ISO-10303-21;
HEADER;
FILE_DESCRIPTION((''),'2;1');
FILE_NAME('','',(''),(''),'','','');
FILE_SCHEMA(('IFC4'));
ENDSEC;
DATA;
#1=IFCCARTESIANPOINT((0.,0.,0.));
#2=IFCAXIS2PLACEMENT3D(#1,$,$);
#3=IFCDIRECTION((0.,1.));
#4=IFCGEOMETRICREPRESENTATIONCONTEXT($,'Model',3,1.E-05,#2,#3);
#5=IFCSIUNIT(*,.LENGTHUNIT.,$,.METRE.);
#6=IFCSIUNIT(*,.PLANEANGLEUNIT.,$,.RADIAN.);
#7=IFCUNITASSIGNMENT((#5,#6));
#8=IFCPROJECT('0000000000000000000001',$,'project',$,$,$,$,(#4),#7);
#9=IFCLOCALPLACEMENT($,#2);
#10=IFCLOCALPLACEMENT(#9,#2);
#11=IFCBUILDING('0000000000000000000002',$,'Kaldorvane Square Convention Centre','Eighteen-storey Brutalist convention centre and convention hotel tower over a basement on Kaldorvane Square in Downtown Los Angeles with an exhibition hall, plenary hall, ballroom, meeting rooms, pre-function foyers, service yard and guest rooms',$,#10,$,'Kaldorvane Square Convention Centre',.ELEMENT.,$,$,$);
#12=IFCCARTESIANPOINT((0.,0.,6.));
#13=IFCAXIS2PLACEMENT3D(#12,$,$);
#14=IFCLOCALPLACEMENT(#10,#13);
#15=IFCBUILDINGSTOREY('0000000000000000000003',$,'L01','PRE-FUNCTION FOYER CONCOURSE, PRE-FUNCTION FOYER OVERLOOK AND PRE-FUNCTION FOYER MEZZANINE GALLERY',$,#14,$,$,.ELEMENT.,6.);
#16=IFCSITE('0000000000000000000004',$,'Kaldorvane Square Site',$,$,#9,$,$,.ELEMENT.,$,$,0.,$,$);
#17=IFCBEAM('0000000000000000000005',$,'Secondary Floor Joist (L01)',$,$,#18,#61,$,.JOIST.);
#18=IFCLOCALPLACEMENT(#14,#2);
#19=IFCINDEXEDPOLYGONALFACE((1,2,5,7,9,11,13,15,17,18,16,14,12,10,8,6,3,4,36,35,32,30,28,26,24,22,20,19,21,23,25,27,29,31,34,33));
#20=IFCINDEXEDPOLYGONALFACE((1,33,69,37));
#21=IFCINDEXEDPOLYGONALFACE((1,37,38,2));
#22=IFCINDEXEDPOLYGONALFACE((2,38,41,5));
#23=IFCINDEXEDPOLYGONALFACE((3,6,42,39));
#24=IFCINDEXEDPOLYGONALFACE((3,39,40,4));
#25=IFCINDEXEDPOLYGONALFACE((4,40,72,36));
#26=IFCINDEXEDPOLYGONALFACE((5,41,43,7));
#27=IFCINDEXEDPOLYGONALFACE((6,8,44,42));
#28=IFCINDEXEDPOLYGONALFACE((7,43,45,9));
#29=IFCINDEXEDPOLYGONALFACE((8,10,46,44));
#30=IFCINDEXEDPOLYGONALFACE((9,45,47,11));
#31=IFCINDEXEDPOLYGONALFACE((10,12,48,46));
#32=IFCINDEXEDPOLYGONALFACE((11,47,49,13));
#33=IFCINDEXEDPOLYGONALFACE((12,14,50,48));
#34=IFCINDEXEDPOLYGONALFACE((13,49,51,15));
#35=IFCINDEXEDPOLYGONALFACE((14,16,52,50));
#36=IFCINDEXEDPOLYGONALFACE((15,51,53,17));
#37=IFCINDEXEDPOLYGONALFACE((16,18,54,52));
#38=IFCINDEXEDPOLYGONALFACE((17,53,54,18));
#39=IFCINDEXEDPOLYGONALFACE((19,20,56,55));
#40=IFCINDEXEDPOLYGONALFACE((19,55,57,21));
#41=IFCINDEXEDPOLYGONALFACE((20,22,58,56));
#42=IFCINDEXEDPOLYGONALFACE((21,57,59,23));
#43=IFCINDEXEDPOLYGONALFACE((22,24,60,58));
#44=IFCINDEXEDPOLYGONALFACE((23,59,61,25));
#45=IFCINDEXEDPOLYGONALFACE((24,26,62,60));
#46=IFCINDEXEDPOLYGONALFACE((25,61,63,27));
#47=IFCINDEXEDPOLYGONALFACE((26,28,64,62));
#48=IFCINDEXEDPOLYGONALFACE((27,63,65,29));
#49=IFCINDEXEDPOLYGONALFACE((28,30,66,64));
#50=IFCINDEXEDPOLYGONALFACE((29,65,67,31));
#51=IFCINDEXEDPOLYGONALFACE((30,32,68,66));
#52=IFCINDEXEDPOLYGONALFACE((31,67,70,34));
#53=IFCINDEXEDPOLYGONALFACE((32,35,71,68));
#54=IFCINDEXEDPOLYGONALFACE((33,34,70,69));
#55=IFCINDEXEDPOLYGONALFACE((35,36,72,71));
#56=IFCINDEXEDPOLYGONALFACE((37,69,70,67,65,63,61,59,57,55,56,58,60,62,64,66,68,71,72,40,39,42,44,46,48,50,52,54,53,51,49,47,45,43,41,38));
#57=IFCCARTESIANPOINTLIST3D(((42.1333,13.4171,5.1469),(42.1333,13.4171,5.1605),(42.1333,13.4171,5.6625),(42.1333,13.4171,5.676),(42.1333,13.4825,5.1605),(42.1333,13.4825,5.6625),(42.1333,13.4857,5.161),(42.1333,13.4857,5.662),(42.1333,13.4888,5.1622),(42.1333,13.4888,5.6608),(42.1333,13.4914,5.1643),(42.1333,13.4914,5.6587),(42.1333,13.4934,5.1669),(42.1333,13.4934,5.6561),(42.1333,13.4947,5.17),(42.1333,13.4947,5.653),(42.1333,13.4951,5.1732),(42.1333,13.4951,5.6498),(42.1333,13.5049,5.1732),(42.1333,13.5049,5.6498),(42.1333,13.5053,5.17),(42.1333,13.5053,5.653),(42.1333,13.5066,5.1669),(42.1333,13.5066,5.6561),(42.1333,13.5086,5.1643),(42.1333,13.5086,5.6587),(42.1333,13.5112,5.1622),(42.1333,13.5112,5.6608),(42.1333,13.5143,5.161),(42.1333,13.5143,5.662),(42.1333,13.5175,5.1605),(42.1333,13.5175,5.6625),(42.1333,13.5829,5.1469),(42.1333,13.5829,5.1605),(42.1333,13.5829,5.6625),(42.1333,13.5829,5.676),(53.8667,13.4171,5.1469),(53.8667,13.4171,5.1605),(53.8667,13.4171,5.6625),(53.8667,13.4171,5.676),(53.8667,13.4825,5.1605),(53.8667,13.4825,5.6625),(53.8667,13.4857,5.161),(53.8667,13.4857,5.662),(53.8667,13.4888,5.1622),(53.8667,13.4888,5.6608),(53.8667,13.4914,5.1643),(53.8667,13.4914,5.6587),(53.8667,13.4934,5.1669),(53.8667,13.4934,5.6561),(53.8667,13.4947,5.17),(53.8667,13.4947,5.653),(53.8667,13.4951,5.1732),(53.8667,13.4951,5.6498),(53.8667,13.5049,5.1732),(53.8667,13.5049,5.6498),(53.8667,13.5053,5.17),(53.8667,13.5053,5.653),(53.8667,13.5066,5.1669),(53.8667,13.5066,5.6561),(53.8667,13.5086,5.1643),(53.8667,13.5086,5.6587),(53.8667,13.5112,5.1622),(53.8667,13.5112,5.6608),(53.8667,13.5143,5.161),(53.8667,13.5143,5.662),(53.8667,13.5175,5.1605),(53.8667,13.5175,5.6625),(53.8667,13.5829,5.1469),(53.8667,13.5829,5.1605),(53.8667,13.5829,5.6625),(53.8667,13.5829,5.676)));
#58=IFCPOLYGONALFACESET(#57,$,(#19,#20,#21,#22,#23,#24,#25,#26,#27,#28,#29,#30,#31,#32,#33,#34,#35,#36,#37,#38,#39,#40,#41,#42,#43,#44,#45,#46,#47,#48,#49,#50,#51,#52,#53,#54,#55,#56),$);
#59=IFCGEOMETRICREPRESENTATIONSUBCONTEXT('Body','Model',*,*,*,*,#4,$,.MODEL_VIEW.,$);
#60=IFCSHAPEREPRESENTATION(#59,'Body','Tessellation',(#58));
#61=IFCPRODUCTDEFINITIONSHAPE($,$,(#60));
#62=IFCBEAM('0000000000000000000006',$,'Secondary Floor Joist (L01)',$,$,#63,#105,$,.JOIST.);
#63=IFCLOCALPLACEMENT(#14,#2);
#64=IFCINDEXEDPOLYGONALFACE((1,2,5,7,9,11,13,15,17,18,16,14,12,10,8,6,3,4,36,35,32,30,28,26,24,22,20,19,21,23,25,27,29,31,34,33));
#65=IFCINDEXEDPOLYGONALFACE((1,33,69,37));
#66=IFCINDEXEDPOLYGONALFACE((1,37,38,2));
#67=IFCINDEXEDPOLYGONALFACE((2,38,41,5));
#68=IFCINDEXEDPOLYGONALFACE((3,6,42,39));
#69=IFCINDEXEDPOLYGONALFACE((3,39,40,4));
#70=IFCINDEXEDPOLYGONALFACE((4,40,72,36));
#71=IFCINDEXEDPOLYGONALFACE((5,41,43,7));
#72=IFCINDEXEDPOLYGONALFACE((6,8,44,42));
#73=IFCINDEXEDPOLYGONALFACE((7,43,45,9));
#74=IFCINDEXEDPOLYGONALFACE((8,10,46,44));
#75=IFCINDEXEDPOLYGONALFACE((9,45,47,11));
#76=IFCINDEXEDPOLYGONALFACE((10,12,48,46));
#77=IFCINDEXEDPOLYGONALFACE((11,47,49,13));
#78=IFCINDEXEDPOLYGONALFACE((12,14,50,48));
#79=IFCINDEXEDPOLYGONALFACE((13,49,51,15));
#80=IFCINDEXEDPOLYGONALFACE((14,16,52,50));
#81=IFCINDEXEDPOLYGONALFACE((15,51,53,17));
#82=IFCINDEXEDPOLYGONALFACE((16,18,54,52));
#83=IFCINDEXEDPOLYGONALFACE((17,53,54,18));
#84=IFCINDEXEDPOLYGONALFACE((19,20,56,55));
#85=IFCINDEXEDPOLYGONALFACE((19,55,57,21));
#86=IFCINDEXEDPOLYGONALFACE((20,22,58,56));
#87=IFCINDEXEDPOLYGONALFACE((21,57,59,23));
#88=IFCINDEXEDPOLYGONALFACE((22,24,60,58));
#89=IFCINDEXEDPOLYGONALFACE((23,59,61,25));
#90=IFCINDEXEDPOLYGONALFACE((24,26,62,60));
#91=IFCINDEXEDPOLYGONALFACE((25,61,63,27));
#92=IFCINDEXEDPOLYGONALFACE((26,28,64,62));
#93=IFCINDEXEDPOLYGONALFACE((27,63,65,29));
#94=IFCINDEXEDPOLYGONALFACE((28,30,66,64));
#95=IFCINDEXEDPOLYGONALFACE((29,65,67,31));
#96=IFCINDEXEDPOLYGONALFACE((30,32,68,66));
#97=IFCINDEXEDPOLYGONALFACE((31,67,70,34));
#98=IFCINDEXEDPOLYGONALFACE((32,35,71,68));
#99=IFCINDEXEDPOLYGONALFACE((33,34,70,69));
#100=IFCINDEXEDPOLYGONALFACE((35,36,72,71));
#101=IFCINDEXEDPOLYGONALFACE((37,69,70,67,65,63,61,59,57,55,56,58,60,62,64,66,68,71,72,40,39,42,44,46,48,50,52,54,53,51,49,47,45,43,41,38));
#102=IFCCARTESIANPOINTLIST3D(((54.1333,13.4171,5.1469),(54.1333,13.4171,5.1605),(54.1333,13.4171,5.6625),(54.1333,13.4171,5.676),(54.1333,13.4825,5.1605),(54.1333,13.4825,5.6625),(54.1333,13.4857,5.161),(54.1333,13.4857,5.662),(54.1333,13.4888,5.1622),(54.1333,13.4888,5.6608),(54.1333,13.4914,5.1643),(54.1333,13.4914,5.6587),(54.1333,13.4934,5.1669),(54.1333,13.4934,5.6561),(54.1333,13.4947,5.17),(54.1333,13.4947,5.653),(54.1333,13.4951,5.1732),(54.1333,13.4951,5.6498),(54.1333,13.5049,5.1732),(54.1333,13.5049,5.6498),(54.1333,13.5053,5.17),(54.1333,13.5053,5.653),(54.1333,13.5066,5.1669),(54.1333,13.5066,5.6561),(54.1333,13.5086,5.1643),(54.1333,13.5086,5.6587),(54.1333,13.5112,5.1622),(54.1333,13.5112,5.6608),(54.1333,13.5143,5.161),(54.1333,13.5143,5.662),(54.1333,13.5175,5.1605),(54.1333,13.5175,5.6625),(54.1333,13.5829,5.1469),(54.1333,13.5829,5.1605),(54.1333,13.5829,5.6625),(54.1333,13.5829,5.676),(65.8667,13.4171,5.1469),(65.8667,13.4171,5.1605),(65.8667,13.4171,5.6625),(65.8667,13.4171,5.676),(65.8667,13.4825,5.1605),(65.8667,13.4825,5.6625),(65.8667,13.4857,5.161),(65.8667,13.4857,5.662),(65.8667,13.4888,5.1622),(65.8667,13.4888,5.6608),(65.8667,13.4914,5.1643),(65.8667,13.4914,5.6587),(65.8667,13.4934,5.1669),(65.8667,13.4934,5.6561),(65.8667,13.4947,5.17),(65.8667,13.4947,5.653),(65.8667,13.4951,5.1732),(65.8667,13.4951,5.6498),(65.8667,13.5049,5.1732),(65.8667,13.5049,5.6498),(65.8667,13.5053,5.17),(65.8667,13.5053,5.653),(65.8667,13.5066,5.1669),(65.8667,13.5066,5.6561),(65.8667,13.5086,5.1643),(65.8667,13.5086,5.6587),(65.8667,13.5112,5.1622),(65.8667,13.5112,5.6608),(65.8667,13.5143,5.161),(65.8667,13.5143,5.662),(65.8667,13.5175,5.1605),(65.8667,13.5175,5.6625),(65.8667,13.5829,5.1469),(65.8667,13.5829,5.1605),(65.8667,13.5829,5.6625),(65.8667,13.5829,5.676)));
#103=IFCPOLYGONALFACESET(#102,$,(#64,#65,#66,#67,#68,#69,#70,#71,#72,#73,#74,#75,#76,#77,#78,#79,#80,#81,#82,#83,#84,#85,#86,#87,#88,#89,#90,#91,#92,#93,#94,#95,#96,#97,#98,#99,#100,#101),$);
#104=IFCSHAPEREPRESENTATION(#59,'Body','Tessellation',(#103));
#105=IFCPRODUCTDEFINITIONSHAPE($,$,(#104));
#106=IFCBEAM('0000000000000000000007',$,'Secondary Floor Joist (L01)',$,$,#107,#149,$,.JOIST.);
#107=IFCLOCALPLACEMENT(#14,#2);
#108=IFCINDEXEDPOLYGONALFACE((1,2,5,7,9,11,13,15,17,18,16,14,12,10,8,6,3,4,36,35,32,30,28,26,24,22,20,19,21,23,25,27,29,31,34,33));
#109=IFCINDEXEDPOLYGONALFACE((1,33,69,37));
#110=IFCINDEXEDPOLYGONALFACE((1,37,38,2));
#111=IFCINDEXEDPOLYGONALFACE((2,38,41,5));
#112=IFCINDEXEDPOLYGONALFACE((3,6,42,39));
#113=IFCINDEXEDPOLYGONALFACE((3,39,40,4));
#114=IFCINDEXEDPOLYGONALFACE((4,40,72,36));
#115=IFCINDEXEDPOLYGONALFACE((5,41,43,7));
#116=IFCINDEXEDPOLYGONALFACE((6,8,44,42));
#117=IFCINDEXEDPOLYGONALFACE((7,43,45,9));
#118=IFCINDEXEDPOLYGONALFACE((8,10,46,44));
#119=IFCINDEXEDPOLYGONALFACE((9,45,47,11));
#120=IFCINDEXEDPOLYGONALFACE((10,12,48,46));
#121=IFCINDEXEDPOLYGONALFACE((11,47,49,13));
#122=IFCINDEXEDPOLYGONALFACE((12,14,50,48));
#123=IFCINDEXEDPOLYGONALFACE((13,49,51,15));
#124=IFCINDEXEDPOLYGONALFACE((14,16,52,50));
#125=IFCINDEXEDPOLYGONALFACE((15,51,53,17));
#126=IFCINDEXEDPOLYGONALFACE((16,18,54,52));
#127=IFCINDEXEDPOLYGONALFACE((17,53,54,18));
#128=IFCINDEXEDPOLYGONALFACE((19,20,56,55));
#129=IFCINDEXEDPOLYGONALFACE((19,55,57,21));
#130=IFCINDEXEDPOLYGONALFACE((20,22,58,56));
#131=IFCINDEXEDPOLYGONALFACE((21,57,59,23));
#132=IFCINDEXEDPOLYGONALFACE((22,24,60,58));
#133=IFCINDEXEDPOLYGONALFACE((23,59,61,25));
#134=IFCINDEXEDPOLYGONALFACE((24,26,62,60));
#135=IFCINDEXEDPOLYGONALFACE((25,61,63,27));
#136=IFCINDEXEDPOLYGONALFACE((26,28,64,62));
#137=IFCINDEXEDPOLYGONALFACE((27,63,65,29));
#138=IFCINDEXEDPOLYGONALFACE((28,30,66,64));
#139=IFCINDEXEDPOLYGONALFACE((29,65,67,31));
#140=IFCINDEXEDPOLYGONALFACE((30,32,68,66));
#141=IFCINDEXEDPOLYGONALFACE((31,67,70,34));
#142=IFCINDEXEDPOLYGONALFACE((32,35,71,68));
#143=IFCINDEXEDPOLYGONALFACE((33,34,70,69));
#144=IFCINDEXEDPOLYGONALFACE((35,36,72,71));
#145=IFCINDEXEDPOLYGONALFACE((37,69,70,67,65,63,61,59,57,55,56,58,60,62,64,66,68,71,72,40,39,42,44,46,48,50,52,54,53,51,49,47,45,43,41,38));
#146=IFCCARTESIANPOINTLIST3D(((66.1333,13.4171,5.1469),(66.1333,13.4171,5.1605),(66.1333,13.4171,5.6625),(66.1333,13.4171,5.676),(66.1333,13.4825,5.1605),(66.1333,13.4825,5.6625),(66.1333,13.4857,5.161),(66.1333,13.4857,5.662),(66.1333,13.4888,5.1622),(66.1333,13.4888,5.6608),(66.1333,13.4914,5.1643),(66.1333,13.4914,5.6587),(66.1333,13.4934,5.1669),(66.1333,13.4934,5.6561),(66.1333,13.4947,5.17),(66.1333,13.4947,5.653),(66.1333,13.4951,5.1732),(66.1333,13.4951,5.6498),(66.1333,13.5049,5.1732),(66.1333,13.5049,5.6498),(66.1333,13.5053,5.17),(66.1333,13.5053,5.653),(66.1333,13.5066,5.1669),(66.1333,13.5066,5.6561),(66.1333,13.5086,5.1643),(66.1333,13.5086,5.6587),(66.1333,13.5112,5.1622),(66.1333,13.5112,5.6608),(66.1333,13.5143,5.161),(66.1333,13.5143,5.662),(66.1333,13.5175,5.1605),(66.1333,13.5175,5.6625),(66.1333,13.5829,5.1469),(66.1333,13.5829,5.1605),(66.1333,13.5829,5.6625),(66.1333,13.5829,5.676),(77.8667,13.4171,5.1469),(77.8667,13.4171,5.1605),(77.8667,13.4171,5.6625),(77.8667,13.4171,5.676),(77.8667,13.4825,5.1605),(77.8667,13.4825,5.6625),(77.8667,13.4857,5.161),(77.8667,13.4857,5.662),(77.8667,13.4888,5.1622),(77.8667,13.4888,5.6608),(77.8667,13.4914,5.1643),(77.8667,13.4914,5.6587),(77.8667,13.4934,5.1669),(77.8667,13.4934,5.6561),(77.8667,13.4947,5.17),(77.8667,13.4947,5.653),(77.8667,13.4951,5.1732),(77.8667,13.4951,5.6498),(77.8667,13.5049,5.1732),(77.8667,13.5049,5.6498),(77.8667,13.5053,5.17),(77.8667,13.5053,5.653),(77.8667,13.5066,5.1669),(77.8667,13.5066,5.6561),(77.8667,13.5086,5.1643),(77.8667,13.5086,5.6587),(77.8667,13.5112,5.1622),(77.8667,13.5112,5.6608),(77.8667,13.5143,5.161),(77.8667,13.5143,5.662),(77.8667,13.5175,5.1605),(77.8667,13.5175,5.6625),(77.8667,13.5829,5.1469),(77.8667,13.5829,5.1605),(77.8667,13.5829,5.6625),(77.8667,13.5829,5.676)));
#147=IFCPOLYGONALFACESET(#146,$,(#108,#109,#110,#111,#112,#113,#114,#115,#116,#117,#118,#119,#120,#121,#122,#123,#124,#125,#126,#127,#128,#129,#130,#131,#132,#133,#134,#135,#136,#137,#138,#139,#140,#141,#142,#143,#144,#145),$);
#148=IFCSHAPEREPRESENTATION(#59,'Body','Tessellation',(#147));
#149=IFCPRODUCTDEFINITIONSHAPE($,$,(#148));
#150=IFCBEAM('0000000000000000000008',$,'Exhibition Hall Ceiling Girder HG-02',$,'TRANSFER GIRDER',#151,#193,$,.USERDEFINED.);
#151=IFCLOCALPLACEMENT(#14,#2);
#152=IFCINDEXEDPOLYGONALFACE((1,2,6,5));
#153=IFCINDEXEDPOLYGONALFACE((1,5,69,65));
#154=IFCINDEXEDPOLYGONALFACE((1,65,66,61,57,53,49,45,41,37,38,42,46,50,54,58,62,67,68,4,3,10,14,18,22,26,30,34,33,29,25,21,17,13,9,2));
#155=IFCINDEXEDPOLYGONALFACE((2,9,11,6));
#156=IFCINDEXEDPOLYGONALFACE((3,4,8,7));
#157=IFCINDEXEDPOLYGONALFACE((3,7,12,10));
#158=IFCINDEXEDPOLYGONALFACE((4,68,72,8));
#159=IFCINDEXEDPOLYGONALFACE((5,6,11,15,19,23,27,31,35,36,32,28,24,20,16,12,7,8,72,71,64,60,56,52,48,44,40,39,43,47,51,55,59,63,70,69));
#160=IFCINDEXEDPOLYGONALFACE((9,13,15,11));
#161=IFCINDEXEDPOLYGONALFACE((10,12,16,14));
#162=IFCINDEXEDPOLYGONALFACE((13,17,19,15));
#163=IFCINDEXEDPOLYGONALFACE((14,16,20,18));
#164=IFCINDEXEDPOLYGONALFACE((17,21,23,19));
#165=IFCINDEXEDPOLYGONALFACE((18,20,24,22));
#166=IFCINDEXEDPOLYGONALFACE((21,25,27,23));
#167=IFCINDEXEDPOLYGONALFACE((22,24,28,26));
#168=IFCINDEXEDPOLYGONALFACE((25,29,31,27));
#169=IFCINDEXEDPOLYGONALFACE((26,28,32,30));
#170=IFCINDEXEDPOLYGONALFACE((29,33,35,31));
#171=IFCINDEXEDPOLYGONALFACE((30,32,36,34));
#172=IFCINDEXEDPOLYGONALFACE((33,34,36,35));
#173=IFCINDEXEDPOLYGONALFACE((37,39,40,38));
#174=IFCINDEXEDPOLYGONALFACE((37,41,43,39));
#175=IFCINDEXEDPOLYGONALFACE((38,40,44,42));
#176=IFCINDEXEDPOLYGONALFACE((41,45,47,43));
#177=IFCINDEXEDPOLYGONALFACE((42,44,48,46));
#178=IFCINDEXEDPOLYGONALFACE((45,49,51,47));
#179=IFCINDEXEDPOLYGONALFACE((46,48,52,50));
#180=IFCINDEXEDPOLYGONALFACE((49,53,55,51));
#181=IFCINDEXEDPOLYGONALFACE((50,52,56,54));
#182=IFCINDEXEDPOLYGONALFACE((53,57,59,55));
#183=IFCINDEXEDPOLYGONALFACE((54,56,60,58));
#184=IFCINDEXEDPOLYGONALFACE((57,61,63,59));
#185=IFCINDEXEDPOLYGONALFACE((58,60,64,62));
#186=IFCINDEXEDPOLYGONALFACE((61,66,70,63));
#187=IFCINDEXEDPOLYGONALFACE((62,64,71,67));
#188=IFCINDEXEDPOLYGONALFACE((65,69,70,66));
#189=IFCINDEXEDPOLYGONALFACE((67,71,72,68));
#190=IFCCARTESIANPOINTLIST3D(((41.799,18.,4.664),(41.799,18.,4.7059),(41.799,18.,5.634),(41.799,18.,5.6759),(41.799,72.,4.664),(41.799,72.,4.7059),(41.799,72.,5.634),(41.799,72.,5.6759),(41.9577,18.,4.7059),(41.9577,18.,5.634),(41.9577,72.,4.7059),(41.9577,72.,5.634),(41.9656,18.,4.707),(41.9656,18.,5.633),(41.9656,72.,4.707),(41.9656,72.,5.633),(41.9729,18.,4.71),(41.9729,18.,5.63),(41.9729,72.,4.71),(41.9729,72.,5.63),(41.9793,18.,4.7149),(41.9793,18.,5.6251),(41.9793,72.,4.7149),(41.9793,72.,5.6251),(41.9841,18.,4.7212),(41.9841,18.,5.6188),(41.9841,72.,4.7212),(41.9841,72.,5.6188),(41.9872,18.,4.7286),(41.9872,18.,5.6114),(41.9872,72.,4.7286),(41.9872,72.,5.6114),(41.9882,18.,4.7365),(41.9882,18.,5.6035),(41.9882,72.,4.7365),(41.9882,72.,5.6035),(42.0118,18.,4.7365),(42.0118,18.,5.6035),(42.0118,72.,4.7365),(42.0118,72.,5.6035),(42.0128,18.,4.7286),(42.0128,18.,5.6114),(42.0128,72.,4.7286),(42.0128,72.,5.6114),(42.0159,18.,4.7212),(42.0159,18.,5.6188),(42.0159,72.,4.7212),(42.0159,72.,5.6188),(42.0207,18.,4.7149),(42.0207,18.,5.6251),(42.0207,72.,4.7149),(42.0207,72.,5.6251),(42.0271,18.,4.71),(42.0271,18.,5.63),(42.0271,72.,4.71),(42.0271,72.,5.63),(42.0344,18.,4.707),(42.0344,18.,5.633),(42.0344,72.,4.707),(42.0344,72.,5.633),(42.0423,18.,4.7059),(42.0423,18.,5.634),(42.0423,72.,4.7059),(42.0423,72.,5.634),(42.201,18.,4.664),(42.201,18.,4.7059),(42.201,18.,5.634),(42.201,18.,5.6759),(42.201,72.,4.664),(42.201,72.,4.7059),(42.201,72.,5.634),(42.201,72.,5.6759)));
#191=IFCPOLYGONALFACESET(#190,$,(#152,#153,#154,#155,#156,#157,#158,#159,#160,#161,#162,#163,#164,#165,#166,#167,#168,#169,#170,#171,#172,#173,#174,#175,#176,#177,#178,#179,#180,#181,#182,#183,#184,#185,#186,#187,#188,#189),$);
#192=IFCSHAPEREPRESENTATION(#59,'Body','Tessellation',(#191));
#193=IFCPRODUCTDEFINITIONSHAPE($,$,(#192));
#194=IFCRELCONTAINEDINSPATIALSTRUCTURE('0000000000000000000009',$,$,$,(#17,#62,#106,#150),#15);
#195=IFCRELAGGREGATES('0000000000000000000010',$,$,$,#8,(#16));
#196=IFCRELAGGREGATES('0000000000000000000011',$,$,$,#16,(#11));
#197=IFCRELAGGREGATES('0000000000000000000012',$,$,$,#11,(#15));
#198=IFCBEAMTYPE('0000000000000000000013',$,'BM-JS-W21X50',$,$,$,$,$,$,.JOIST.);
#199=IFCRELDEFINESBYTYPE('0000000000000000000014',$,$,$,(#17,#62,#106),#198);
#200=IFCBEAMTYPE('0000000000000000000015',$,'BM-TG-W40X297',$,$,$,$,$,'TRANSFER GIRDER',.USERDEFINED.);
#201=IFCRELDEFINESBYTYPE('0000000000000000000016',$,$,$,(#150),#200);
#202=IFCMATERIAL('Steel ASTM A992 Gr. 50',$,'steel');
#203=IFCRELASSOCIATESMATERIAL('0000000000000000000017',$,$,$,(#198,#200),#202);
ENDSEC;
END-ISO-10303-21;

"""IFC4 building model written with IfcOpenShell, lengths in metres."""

from ifc_helpers import new_model, si_unit, direction, frame, origin, origin_2d, place, context, subcontext, project, spatial, i_section, extrude, material, material_profile, profile_set, type_object, element, save


model = new_model("IFC4")

# Units and contexts
model_context = context("Model", 3, precision=1e-05, world=origin(), true_north=direction((0.0, 1.0)))
body_context = subcontext(model_context, "Body", "Model", "MODEL_VIEW")
ifc_project = project(units=[si_unit("LENGTHUNIT", "METRE"), si_unit("PLANEANGLEUNIT", "RADIAN")], contexts=[model_context])

# Site, building, storey
site_placement = place(None, origin())
site = spatial("IfcSite", under=ifc_project, at=site_placement, Name="Kaldorvane Square Site", CompositionType="ELEMENT", RefElevation=0.0)
building_placement = place(site_placement, origin())
building = spatial("IfcBuilding", under=site, at=building_placement, Name="Kaldorvane Square Convention Centre", Description="Eighteen-storey Brutalist convention centre and convention hotel tower over a basement on Kaldorvane Square in Downtown Los Angeles with an exhibition hall, plenary hall, ballroom, meeting rooms, pre-function foyers, service yard and guest rooms", LongName="Kaldorvane Square Convention Centre", CompositionType="ELEMENT")
storey_placement = place(building_placement, frame((0.0, 0.0, 6.0)))
storey = spatial("IfcBuildingStorey", under=building, at=storey_placement, Name="L01", Description="PRE-FUNCTION FOYER CONCOURSE, PRE-FUNCTION FOYER OVERLOOK AND PRE-FUNCTION FOYER MEZZANINE GALLERY", CompositionType="ELEMENT", Elevation=6.0)

# Shared definitions
ifc_material_1 = material(Name="Steel ASTM A992 Gr. 50", Category="steel")

# Beams
ifc_material_profile_1 = material_profile(ifc_material_1, i_section(OverallWidth=0.1659, OverallDepth=0.5291, WebThickness=0.0097, FlangeThickness=0.0136, FilletRadius=0.0127, at=origin_2d()), Name="W21X50")
ifc_profile_set_1 = profile_set([ifc_material_profile_1], Name="Steel ASTM A992 Gr. 50")
beam_type_1 = type_object("IfcBeamType", Name="BM-JS-W21X50", PredefinedType="JOIST", material=ifc_profile_set_1)
for number, where, z_axis, x_axis, name in (
    (1, (42.1333, 13.5, 5.4115), (1.0, 0.0, 0.0), (0.0, 1.0, 0.0), "Secondary Floor Joist (L01)"),
    (2, (54.1333, 13.5, 5.4115), (1.0, 0.0, 0.0), (0.0, 1.0, 0.0), "Secondary Floor Joist (L01)"),
    (3, (66.1333, 13.5, 5.4115), (1.0, 0.0, 0.0), (0.0, 1.0, 0.0), "Secondary Floor Joist (L01)"),
):
    element("IfcBeam", number, at=place(storey_placement, frame(where, z_axis=z_axis, x_axis=x_axis)), inside=storey, type_object=beam_type_1, Name=name, PredefinedType="JOIST", context=body_context, shape_type="SweptSolid", body=[
        extrude(i_section(OverallWidth=0.1659, OverallDepth=0.5291, WebThickness=0.0097, FlangeThickness=0.0136, FilletRadius=0.0127, at=origin_2d()), origin(), (0.0, 0.0, 1.0), 11.7334),
    ])
ifc_material_profile_2 = material_profile(ifc_material_1, i_section(OverallWidth=0.4019, OverallDepth=1.0119, WebThickness=0.0236, FlangeThickness=0.0419, FilletRadius=0.0305, at=origin_2d()), Name="W40X297")
ifc_profile_set_2 = profile_set([ifc_material_profile_2], Name="Steel ASTM A992 Gr. 50")
beam_type_2 = type_object("IfcBeamType", Name="BM-TG-W40X297", ElementType="TRANSFER GIRDER", PredefinedType="USERDEFINED", material=ifc_profile_set_2)
for number, where, z_axis, x_axis, name in (
    (4, (42.0, 18.0, 5.17), (0.0, 1.0, 0.0), (-1.0, 0.0, 0.0), "Exhibition Hall Ceiling Girder HG-02"),
):
    element("IfcBeam", number, at=place(storey_placement, frame(where, z_axis=z_axis, x_axis=x_axis)), inside=storey, type_object=beam_type_2, Name=name, ObjectType="TRANSFER GIRDER", PredefinedType="USERDEFINED", context=body_context, shape_type="SweptSolid", body=[
        extrude(i_section(OverallWidth=0.4019, OverallDepth=1.0119, WebThickness=0.0236, FlangeThickness=0.0419, FilletRadius=0.0305, at=origin_2d()), origin(), (0.0, 0.0, 1.0), 54.0),
    ])

save(model, "model.ifc")
